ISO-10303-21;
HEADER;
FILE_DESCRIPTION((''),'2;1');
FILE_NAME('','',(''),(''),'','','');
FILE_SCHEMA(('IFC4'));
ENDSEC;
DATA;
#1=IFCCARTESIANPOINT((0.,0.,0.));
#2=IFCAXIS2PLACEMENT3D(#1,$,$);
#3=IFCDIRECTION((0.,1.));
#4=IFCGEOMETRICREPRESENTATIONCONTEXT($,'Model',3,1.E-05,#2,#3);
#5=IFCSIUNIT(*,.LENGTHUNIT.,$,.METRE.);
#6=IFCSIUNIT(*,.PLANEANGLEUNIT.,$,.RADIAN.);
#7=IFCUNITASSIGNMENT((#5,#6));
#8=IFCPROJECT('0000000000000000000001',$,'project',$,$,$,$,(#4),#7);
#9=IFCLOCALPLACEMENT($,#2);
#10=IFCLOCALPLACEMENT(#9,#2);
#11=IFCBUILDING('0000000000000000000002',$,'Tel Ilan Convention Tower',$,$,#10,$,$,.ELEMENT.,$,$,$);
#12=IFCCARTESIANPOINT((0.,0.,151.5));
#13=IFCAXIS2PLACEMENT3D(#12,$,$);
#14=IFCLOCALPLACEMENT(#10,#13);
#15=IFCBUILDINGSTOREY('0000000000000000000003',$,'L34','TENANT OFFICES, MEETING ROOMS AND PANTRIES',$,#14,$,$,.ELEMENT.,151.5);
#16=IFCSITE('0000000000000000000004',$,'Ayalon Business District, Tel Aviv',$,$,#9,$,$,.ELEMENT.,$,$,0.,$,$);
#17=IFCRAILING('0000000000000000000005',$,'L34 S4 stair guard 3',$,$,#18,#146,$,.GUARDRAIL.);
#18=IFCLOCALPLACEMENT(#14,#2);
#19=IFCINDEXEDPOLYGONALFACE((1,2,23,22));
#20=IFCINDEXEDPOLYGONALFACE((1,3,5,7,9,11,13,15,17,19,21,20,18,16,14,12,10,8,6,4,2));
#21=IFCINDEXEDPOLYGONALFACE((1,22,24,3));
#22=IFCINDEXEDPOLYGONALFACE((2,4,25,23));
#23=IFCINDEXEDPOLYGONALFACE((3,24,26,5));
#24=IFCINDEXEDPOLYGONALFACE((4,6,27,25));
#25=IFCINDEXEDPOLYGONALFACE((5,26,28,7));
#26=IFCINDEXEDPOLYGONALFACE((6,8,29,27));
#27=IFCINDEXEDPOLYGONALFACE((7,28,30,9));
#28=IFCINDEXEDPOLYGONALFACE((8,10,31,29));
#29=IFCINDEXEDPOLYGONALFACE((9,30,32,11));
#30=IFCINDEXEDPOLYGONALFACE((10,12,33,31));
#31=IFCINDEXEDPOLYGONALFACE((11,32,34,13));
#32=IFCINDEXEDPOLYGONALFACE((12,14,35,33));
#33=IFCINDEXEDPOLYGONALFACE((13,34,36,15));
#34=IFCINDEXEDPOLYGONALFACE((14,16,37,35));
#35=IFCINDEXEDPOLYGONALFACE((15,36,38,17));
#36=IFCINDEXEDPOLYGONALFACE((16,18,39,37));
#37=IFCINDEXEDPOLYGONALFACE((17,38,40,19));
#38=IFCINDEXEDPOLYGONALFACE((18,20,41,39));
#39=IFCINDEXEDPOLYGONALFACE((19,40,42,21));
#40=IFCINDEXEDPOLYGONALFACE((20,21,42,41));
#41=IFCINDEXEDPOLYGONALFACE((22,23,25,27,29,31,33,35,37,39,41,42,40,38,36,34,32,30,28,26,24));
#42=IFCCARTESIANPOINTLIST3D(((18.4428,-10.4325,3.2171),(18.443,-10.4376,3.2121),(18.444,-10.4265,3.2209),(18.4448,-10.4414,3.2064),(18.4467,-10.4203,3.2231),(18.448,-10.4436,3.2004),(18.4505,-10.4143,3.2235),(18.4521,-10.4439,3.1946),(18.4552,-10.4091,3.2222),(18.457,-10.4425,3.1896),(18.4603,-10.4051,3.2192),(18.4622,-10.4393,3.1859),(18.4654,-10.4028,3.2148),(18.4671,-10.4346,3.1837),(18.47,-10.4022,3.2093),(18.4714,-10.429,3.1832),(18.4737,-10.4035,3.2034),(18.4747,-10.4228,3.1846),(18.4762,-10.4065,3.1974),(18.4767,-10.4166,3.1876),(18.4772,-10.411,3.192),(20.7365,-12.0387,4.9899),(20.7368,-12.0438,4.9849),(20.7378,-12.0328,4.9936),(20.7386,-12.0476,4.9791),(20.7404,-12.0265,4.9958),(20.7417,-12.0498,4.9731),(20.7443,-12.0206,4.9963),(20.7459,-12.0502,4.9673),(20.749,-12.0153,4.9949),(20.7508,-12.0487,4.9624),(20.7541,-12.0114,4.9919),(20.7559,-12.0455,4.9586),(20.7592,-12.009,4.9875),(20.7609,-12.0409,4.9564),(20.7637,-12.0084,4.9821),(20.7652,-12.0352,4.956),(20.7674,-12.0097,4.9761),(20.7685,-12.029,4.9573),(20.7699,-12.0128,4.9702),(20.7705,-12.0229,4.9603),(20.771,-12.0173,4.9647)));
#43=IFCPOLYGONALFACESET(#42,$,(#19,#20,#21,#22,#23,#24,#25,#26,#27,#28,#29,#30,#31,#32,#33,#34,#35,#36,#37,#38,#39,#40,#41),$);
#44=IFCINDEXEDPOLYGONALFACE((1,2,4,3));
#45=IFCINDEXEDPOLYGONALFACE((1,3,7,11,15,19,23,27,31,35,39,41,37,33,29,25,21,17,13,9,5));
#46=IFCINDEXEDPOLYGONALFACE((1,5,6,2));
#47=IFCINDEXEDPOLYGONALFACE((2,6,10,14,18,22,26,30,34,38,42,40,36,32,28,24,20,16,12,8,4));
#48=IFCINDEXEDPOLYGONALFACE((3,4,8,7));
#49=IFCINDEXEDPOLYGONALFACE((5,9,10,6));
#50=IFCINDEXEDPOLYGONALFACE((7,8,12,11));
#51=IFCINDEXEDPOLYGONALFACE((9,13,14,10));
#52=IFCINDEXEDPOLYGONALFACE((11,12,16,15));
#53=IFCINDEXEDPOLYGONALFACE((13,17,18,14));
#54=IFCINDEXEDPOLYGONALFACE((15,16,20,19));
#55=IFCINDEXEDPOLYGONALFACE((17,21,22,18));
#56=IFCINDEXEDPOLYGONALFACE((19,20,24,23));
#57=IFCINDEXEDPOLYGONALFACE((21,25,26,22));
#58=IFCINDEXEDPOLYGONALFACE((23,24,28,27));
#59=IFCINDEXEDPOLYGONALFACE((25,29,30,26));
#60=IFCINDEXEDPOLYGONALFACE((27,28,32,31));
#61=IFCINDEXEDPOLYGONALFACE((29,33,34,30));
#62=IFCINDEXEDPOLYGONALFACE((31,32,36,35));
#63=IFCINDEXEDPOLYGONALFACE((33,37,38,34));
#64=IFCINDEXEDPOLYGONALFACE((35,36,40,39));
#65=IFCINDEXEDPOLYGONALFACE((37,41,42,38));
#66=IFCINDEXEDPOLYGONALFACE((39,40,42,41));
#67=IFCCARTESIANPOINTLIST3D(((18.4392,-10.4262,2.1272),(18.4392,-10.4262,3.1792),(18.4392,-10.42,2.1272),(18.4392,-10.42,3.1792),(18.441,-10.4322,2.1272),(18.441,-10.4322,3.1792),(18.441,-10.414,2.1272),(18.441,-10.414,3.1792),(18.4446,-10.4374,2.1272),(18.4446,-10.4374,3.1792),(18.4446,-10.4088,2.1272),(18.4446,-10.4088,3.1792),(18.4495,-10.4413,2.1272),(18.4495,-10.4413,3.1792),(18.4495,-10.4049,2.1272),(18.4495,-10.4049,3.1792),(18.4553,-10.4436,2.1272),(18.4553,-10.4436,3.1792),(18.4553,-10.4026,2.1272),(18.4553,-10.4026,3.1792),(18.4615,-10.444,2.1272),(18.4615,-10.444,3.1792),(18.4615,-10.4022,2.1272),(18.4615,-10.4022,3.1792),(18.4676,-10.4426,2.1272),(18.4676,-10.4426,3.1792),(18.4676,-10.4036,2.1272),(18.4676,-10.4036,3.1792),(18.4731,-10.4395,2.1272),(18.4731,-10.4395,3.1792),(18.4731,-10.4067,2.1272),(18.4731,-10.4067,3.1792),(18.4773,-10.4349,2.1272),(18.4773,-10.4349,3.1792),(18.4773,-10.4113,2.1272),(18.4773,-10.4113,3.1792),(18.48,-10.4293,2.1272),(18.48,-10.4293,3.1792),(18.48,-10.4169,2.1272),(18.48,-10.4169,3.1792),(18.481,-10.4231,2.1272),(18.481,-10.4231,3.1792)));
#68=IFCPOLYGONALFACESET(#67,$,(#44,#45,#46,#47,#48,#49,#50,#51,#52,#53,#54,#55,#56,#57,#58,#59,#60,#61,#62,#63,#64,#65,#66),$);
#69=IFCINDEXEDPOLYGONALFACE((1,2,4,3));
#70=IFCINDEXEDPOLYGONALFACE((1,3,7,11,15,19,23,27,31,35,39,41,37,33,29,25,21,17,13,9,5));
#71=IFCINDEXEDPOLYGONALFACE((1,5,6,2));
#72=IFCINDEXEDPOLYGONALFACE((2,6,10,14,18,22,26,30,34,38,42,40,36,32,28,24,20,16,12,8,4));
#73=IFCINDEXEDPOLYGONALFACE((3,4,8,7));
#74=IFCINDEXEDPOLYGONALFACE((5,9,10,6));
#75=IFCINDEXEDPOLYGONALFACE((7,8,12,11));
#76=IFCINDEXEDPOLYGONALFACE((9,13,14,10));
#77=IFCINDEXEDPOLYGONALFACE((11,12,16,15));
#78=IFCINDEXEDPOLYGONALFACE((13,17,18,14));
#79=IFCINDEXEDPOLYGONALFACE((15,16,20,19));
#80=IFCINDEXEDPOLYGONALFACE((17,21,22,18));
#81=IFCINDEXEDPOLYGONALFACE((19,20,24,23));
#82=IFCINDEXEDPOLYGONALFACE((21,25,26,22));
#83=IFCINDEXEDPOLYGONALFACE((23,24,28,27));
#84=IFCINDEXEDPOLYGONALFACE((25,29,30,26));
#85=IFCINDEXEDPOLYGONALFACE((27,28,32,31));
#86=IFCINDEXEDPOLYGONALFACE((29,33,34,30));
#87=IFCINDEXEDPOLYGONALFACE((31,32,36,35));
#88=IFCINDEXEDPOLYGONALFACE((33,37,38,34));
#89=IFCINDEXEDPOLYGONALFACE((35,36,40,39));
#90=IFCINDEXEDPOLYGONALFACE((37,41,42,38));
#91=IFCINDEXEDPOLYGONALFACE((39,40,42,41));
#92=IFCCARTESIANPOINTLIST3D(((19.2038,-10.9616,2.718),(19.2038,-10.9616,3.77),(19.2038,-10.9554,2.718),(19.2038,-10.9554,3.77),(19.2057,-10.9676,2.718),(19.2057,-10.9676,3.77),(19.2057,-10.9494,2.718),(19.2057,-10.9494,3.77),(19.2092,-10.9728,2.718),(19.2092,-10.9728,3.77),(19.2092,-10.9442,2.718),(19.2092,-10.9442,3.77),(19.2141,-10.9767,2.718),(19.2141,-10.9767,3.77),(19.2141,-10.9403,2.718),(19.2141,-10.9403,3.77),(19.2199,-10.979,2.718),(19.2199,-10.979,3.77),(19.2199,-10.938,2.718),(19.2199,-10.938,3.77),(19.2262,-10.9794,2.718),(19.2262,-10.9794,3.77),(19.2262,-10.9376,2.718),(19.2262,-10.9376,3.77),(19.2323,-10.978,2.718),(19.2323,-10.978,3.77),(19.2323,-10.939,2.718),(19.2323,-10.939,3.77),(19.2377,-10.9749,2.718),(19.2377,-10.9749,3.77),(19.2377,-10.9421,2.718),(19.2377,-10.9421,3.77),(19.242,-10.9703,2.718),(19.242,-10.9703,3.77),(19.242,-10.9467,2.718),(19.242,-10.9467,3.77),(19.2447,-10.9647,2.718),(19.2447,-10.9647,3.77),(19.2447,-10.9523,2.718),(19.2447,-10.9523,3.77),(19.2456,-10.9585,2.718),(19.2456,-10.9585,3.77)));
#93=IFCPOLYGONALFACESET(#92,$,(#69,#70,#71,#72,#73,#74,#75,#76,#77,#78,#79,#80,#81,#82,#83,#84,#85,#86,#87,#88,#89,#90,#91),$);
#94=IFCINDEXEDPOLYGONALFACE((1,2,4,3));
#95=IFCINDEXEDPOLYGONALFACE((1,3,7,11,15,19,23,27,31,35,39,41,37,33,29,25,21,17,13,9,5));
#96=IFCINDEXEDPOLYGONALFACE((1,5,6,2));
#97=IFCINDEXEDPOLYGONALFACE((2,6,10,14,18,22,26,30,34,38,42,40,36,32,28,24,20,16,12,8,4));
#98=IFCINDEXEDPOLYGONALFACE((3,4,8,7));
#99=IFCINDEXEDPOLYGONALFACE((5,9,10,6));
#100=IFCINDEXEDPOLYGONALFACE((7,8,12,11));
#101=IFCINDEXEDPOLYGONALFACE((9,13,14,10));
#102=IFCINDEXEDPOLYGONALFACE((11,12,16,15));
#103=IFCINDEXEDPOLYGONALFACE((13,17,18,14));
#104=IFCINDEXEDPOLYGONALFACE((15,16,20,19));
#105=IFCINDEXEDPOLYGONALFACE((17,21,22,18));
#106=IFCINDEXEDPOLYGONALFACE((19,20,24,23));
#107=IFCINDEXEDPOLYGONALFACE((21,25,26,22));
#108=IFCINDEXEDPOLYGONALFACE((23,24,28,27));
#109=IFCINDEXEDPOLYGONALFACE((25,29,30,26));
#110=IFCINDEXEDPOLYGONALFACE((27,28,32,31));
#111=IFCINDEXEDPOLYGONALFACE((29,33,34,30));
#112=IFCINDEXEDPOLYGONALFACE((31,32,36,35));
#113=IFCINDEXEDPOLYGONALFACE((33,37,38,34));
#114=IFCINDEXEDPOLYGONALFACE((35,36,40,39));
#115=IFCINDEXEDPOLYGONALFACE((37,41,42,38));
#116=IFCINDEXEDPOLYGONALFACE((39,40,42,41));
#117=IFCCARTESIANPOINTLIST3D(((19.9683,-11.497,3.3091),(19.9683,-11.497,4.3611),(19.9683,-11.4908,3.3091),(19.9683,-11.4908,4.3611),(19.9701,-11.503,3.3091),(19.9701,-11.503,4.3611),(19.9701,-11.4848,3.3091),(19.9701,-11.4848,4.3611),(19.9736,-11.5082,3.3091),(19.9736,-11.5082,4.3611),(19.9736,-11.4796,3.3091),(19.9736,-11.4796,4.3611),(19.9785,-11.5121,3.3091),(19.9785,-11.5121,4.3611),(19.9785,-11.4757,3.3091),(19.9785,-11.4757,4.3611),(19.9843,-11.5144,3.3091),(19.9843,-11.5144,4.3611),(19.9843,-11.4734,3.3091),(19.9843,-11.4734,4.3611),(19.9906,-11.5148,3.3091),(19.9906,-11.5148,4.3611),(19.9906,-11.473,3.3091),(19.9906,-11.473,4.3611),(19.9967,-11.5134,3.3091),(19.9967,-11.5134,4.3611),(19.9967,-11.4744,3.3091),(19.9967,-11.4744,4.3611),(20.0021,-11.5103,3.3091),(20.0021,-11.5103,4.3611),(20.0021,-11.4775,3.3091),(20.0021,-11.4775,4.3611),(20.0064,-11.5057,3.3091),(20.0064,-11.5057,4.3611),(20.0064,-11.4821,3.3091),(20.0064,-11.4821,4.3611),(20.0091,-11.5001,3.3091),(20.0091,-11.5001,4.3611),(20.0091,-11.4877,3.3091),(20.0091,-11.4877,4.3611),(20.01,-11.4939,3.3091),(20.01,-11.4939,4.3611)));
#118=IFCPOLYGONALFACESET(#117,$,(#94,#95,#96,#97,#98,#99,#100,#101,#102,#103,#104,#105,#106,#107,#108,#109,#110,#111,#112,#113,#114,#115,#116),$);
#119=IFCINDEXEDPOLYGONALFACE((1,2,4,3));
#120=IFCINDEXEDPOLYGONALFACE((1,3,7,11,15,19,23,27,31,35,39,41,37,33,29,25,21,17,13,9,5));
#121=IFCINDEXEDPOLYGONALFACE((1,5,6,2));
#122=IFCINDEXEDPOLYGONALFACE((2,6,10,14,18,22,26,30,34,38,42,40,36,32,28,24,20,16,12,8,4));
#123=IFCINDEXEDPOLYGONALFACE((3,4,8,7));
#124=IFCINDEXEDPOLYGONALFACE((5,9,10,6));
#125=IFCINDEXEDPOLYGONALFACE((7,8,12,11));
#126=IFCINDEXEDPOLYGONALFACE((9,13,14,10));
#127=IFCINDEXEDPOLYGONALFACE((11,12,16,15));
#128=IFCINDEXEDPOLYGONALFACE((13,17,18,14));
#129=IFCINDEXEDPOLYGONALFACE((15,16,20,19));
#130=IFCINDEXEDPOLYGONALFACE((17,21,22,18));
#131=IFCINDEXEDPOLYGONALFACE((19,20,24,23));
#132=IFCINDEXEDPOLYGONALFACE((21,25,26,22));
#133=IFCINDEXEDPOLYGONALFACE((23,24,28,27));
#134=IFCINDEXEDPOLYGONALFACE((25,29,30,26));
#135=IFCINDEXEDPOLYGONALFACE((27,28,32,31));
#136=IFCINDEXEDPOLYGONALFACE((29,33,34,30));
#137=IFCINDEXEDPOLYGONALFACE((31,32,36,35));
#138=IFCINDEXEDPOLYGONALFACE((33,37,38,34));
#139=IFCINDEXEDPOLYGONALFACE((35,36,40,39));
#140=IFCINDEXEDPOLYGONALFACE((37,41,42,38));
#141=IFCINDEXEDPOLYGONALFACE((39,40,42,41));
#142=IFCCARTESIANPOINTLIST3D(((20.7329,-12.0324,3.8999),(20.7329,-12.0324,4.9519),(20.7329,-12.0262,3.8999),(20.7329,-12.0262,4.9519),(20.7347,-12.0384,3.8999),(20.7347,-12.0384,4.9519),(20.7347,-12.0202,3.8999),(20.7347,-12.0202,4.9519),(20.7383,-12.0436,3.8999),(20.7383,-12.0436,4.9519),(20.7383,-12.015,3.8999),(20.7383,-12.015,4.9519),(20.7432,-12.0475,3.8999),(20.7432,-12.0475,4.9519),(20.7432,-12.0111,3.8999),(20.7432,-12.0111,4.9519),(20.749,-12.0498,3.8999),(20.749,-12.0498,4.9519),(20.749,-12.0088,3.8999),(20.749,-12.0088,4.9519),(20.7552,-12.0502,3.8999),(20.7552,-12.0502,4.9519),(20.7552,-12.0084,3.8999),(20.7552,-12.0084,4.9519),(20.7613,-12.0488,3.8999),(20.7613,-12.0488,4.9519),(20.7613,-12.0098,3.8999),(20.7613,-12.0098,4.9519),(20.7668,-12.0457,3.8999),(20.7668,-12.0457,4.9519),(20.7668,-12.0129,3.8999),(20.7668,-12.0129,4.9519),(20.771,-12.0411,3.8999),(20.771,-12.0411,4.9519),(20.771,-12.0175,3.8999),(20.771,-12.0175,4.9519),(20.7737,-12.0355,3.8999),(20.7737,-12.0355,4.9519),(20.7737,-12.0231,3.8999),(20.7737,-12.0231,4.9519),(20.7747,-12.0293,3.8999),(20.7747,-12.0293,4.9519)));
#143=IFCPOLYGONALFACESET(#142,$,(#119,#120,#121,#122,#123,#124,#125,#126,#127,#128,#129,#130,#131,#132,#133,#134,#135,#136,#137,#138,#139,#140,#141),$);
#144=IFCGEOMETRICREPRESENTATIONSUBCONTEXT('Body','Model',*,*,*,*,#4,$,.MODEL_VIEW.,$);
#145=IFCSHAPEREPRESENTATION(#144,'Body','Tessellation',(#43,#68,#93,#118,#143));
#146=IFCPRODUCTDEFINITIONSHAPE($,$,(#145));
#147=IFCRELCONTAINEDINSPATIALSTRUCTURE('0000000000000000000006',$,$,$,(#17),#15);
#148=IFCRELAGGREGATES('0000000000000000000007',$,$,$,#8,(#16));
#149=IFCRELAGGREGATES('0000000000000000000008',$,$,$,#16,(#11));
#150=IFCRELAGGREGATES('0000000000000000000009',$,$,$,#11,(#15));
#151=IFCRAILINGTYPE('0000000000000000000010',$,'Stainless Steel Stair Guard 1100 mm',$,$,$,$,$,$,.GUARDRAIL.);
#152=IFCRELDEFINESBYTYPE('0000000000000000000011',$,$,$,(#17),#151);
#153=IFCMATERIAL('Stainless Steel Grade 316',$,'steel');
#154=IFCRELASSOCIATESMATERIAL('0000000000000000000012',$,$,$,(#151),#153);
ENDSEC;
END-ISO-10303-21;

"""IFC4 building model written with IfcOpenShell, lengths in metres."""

from ifc_helpers import new_model, si_unit, direction, frame, origin, origin_2d, place, context, subcontext, project, spatial, circle, extrude, material, type_object, element, save


model = new_model("IFC4")

# Units and contexts
model_context = context("Model", 3, precision=1e-05, world=origin(), true_north=direction((0.0, 1.0)))
body_context = subcontext(model_context, "Body", "Model", "MODEL_VIEW")
ifc_project = project(units=[si_unit("LENGTHUNIT", "METRE"), si_unit("PLANEANGLEUNIT", "RADIAN")], contexts=[model_context])

# Site, building, storey
site_placement = place(None, origin())
site = spatial("IfcSite", under=ifc_project, at=site_placement, Name="Ayalon Business District, Tel Aviv", CompositionType="ELEMENT", RefElevation=0.0)
building_placement = place(site_placement, origin())
building = spatial("IfcBuilding", under=site, at=building_placement, Name="Tel Ilan Convention Tower", CompositionType="ELEMENT")
storey_placement = place(building_placement, frame((0.0, 0.0, 151.5)))
storey = spatial("IfcBuildingStorey", under=building, at=storey_placement, Name="L34", Description="TENANT OFFICES, MEETING ROOMS AND PANTRIES", CompositionType="ELEMENT", Elevation=151.5)

# Railing
ifc_material_1 = material(Name="Stainless Steel Grade 316", Category="steel")
railing_type_1 = type_object("IfcRailingType", Name="Stainless Steel Stair Guard 1100 mm", PredefinedType="GUARDRAIL", material=ifc_material_1)
railing_1_placement = place(storey_placement, frame((18.46, -10.4231, 2.1272)))
element("IfcRailing", 1, at=railing_1_placement, inside=storey, type_object=railing_type_1, Name="L34 S4 stair guard 3", PredefinedType="GUARDRAIL", context=body_context, shape_type="SweptSolid", body=[
    extrude(circle(Radius=0.0239, at=origin_2d()), frame((0.0, 0.0, 1.0762), z_axis=(0.692098, -0.484653, 0.534894), x_axis=(0.573609, 0.81913, 0.0)), (0.0, 0.0, 1.0), 3.3142),
    extrude(circle(Radius=0.021, at=origin_2d()), origin(), (0.0, 0.0, 1.0), 1.052),
    extrude(circle(Radius=0.021, at=origin_2d()), frame((0.7646, -0.5354, 0.5908)), (0.0, 0.0, 1.0), 1.052),
    extrude(circle(Radius=0.021, at=origin_2d()), frame((1.5291, -1.0708, 1.1819)), (0.0, 0.0, 1.0), 1.052),
    extrude(circle(Radius=0.021, at=origin_2d()), frame((2.2937, -1.6062, 1.7727)), (0.0, 0.0, 1.0), 1.052),
])

save(model, "model.ifc")
